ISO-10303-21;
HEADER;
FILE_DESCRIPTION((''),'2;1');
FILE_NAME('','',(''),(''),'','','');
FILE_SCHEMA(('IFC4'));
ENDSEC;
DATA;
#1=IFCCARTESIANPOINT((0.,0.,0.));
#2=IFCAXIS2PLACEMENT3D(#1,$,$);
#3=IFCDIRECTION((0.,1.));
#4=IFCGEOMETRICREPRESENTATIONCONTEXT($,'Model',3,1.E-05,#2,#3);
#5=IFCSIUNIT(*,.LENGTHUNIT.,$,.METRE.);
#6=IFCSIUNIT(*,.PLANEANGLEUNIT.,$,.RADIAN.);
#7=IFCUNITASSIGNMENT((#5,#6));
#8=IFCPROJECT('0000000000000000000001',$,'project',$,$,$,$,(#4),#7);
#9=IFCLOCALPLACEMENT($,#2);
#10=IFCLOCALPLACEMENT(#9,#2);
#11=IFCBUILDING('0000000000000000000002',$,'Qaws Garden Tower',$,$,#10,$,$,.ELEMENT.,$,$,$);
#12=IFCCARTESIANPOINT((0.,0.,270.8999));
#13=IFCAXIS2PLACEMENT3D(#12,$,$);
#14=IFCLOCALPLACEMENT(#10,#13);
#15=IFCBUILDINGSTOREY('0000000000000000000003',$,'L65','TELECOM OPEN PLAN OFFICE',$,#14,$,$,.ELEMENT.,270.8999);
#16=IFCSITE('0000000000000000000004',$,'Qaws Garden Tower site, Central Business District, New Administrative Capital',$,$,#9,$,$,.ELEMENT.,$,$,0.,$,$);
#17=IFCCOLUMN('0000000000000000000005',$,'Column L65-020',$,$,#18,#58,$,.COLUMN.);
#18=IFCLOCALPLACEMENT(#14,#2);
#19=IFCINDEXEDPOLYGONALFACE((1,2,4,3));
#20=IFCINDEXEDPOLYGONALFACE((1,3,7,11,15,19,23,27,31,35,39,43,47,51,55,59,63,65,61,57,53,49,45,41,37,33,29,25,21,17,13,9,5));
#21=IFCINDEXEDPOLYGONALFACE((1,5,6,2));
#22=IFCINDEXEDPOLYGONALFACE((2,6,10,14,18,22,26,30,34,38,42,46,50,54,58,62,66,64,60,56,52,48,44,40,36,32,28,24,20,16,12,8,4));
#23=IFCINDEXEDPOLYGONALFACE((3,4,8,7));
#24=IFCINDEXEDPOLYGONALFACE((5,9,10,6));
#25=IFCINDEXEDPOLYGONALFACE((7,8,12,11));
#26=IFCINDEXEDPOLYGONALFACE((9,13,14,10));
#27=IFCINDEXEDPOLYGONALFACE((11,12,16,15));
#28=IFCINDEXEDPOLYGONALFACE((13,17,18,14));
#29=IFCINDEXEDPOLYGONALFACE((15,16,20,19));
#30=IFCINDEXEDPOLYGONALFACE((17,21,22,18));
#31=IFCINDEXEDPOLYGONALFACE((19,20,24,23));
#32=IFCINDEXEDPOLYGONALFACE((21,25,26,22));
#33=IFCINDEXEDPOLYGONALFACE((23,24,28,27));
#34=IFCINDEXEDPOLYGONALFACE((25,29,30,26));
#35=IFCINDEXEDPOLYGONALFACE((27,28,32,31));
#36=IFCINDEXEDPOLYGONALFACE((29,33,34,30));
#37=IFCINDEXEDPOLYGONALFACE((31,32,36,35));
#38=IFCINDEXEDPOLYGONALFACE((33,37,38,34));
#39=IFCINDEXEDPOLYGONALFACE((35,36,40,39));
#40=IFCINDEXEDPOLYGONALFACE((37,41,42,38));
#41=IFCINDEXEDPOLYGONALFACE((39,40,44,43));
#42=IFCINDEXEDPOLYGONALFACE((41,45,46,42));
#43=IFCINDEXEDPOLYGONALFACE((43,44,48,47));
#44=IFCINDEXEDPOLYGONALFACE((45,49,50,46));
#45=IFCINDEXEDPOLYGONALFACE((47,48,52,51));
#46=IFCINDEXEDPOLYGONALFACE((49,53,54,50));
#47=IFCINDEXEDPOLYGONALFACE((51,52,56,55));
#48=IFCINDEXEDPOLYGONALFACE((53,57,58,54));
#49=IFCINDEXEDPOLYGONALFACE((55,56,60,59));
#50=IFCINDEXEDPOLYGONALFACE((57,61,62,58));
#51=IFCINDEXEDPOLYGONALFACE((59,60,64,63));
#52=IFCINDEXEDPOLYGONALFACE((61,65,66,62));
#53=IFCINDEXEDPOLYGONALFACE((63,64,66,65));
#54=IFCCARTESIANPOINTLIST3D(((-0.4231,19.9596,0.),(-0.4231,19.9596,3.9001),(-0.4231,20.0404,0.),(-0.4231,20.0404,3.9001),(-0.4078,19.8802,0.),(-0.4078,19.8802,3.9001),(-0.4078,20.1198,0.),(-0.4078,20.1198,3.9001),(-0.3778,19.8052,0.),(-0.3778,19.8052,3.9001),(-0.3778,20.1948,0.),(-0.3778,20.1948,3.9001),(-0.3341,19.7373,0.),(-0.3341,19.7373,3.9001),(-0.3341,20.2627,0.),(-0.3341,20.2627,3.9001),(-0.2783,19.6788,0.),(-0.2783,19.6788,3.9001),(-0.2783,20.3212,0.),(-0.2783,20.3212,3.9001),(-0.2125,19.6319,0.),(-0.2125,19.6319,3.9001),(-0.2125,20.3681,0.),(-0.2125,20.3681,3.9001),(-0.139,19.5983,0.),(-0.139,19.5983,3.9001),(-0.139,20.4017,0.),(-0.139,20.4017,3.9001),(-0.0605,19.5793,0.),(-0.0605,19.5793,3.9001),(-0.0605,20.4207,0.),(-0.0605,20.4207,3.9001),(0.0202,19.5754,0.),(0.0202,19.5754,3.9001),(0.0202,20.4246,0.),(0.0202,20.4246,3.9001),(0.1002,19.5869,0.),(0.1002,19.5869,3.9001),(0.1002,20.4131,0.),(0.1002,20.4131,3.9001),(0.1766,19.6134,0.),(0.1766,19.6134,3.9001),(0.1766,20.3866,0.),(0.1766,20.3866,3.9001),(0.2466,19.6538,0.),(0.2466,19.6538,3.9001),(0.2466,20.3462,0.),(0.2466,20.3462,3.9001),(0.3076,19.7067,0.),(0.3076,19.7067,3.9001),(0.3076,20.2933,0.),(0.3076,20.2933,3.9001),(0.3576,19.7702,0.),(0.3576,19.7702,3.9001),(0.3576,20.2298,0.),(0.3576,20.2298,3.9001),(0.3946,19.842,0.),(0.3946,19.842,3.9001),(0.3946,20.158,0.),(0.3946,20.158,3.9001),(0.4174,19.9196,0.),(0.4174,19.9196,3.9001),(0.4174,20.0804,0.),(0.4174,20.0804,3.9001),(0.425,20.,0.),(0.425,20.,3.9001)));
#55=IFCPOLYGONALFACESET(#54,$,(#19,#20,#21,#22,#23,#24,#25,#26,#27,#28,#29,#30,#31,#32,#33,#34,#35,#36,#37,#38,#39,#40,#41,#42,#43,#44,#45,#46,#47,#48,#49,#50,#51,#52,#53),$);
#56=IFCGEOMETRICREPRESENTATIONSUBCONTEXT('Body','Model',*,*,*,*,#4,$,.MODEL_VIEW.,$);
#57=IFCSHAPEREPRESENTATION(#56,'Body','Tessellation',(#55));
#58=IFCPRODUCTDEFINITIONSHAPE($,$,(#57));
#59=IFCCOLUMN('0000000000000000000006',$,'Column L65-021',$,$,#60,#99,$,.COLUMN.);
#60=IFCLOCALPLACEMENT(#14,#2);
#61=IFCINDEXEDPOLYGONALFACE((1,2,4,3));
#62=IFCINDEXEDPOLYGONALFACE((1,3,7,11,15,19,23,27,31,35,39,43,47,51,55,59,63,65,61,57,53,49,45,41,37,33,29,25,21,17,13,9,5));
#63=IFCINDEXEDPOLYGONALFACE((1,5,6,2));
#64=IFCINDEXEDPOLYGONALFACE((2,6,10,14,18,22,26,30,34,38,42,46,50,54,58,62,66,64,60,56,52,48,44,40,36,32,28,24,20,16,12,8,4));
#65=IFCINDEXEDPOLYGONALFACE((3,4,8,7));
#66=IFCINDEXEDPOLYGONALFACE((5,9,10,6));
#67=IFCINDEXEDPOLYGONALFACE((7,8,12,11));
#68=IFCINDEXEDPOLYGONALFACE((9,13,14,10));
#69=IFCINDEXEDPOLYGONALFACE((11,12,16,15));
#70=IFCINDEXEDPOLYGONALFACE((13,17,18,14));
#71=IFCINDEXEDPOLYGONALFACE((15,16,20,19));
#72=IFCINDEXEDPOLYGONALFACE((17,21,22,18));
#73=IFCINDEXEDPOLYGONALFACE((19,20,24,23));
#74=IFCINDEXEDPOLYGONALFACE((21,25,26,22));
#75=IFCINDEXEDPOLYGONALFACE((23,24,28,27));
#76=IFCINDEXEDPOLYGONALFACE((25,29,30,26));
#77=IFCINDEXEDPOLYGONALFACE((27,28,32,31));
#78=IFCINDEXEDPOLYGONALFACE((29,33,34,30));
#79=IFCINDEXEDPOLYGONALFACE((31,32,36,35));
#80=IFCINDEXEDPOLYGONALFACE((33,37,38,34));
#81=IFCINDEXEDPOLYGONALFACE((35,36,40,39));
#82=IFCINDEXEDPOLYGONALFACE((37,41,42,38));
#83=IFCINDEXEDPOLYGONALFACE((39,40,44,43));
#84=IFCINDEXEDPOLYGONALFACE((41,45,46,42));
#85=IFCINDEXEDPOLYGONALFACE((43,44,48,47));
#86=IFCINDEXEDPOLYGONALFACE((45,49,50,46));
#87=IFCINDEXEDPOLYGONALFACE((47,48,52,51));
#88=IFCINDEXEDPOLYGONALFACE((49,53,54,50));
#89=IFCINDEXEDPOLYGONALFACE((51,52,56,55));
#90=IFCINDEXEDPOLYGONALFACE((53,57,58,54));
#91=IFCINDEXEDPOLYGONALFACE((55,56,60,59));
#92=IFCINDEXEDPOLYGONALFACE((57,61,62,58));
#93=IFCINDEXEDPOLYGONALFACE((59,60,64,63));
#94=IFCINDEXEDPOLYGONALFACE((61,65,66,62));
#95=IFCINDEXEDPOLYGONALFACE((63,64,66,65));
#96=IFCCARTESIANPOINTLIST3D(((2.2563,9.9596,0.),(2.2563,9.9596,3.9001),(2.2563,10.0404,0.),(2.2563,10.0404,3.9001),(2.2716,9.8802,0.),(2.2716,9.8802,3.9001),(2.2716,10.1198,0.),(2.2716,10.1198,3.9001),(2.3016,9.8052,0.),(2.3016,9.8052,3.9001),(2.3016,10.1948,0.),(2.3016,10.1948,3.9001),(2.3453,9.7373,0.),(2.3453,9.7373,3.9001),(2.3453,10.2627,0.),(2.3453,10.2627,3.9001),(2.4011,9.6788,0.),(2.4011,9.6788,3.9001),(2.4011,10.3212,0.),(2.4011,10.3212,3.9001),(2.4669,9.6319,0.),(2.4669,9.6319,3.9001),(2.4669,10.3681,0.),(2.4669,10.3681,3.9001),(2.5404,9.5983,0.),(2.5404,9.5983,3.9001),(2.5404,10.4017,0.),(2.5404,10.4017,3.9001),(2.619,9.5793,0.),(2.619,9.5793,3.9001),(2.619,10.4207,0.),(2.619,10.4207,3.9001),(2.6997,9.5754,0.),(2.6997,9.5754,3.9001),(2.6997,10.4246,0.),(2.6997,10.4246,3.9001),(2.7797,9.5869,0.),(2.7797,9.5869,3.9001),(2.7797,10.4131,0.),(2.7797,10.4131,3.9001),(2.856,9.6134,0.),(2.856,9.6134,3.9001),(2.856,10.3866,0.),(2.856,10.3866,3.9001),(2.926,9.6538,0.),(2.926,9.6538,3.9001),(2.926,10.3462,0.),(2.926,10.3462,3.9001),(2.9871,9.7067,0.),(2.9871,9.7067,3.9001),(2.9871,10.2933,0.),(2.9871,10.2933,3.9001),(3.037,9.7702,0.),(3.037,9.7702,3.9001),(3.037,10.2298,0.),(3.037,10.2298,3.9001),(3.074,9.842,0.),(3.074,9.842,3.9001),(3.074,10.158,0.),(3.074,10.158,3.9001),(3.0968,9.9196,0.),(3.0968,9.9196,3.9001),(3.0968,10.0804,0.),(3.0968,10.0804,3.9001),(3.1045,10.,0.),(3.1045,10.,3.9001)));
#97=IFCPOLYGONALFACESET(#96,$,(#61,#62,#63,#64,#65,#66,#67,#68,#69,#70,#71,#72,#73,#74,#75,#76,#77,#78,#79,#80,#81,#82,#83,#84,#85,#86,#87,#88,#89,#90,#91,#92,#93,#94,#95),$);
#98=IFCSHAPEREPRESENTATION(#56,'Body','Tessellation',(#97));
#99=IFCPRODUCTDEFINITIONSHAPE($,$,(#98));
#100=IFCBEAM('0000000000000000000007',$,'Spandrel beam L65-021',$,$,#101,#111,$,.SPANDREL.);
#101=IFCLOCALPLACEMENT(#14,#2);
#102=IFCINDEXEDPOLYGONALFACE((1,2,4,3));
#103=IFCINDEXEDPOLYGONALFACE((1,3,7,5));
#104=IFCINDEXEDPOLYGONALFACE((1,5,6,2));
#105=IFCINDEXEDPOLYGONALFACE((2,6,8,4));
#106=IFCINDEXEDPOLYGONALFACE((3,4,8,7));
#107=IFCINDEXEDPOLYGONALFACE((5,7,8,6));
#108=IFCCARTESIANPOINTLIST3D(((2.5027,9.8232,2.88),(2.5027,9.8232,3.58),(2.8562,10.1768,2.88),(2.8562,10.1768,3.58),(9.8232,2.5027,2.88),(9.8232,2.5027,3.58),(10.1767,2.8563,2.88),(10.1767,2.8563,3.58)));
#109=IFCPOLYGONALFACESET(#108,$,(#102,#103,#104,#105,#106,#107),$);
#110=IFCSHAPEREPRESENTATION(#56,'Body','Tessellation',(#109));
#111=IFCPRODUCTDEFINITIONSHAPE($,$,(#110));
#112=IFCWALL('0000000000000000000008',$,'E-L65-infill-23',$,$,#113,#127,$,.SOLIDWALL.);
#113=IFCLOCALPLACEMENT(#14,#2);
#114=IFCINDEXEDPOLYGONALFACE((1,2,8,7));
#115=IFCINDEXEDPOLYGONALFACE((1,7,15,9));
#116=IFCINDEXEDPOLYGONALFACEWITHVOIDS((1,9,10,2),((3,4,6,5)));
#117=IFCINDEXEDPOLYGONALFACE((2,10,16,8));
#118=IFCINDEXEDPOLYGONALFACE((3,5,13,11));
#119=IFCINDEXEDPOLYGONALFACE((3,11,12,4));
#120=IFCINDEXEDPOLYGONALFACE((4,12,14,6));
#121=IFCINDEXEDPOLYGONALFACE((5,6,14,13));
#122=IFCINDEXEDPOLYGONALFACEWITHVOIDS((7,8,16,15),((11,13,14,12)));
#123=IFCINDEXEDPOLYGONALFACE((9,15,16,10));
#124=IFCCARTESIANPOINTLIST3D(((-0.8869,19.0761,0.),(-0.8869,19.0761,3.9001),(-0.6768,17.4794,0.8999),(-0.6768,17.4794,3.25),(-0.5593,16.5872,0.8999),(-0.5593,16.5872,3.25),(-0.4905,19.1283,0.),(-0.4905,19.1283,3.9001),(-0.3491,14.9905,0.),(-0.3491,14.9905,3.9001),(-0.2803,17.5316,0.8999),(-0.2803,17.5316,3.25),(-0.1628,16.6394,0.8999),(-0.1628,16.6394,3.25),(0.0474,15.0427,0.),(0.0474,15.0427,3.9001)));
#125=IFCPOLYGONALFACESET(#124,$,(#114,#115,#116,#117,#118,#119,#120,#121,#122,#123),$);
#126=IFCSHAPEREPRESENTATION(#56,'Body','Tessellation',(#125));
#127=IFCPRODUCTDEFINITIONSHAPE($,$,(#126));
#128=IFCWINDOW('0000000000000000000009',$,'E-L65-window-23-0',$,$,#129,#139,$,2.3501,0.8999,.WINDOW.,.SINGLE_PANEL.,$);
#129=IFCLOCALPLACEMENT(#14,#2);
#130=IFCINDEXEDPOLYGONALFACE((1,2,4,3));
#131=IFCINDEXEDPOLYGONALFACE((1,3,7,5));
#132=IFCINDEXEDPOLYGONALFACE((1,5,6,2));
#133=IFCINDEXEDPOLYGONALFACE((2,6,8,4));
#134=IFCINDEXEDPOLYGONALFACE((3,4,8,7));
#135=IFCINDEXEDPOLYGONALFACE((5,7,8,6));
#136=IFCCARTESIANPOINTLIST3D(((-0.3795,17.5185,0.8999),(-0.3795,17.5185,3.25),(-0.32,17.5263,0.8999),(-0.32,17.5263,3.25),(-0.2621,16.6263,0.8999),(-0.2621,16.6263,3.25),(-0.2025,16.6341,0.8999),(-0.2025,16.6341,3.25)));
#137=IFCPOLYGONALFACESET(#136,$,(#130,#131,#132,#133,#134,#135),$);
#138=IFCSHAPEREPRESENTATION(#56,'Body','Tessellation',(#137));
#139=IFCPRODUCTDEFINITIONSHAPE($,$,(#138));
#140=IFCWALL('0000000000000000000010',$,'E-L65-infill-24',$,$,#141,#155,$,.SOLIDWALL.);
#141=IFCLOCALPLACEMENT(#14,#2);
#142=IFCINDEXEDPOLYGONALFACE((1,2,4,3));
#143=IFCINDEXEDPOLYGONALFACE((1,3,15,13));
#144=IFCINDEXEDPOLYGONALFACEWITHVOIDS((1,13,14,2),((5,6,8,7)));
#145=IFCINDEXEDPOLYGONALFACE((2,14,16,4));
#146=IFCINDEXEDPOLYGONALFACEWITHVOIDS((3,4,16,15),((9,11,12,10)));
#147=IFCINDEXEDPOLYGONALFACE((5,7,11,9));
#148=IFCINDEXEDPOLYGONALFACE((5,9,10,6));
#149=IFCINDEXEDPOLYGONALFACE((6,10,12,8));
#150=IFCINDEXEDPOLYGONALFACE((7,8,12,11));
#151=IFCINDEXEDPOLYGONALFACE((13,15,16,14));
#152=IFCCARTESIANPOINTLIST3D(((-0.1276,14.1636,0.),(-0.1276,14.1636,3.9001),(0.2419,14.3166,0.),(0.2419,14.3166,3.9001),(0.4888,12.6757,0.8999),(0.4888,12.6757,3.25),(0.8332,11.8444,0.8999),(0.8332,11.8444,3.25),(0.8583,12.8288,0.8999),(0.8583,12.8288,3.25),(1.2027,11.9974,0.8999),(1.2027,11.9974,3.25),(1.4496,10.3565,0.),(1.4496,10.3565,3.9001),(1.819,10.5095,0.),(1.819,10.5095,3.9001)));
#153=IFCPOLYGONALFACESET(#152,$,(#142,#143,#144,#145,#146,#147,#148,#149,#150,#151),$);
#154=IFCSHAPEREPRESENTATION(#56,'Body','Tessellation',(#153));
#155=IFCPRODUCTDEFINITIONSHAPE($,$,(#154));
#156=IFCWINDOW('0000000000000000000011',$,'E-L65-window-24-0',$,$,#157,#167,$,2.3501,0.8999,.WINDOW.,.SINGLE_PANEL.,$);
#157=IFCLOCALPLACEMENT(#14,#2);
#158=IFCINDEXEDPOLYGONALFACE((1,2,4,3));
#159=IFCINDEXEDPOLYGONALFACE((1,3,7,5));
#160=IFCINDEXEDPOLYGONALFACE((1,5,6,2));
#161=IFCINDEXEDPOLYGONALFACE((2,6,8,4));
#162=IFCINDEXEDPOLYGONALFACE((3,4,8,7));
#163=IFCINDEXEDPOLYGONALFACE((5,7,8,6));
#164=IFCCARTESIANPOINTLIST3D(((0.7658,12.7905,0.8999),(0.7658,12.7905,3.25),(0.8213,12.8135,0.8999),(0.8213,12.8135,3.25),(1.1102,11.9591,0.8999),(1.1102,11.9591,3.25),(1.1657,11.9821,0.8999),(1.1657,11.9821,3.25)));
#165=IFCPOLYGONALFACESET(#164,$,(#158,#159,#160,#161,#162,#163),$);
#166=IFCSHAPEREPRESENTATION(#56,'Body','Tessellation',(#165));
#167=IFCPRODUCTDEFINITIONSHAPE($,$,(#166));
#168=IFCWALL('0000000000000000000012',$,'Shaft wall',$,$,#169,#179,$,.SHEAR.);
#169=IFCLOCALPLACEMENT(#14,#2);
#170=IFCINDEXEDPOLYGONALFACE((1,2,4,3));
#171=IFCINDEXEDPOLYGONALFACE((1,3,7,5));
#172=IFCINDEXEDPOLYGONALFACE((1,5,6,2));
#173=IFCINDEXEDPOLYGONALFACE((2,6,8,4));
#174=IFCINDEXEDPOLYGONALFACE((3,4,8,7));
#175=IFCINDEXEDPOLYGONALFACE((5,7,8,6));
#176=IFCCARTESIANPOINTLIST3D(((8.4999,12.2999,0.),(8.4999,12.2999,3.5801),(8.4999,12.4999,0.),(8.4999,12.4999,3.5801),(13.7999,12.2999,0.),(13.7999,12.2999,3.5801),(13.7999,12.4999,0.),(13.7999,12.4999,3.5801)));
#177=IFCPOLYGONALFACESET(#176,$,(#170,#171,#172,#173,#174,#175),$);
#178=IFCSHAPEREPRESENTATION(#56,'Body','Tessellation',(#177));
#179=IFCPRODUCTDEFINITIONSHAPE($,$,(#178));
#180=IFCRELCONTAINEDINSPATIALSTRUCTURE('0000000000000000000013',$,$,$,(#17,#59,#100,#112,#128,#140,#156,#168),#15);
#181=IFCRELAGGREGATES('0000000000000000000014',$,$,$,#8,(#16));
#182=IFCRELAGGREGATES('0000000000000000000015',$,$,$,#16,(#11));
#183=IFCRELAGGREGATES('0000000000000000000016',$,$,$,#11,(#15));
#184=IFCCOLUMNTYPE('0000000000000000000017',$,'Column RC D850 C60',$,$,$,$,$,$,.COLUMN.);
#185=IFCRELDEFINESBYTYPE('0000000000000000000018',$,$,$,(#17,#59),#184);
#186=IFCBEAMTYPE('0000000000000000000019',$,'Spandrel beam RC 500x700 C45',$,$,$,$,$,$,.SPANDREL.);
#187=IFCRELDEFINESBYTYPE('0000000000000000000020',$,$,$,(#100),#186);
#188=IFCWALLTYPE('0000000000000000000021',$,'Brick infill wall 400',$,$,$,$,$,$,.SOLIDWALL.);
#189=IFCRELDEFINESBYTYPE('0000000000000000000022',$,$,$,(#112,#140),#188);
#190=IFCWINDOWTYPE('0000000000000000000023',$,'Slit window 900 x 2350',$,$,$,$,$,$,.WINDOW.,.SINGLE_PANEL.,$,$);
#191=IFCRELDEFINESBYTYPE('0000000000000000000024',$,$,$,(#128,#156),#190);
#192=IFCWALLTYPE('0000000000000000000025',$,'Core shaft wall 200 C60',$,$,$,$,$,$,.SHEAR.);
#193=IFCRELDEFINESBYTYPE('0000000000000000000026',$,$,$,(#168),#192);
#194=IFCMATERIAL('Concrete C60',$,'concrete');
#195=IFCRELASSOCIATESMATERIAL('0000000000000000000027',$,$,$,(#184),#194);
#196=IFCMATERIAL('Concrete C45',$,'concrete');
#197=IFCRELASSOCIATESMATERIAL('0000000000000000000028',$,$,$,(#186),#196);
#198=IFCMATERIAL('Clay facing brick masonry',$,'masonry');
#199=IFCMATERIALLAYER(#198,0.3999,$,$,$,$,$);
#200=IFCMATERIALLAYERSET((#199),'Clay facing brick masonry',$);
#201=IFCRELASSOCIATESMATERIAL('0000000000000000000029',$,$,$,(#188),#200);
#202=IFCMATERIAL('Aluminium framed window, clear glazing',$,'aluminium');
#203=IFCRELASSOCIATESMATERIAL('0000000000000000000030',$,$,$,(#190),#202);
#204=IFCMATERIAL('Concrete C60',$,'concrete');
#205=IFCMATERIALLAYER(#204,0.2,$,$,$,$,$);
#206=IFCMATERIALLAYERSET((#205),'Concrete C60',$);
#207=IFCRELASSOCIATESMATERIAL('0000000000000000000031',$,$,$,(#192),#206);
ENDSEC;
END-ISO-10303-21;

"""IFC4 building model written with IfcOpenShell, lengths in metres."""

from ifc_helpers import new_model, si_unit, direction, frame, frame_2d, origin, origin_2d, place, context, subcontext, project, spatial, rectangle, circle, extrude, material, layer, layer_set, material_profile, profile_set, type_object, element, fill, save


model = new_model("IFC4")

# Units and contexts
model_context = context("Model", 3, precision=1e-05, world=origin(), true_north=direction((0.0, 1.0)))
body_context = subcontext(model_context, "Body", "Model", "MODEL_VIEW")
ifc_project = project(units=[si_unit("LENGTHUNIT", "METRE"), si_unit("PLANEANGLEUNIT", "RADIAN")], contexts=[model_context])

# Site, building, storey
site_placement = place(None, origin())
site = spatial("IfcSite", under=ifc_project, at=site_placement, Name="Qaws Garden Tower site, Central Business District, New Administrative Capital", CompositionType="ELEMENT", RefElevation=0.0)
building_placement = place(site_placement, origin())
building = spatial("IfcBuilding", under=site, at=building_placement, Name="Qaws Garden Tower", CompositionType="ELEMENT")
storey_placement = place(building_placement, frame((0.0, 0.0, 270.8999)))
storey = spatial("IfcBuildingStorey", under=building, at=storey_placement, Name="L65", Description="TELECOM OPEN PLAN OFFICE", CompositionType="ELEMENT", Elevation=270.8999)

# Columns
ifc_material_1 = material(Name="Concrete C60", Category="concrete")
ifc_material_profile_1 = material_profile(ifc_material_1, circle(Radius=0.425, at=origin_2d()), Name="RC D850")
ifc_profile_set_1 = profile_set([ifc_material_profile_1], Name="Concrete C60")
column_type = type_object("IfcColumnType", Name="Column RC D850 C60", PredefinedType="COLUMN", material=ifc_profile_set_1)
for number, where, z_axis, x_axis, name in (
    (1, (0.0, 20.0, 0.0), (0.0, 0.0, 1.0), (1.0, 0.0, 0.0), "Column L65-020"),
    (2, (2.6794, 10.0, 0.0), (0.0, 0.0, 1.0), (1.0, 0.0, 0.0), "Column L65-021"),
):
    element("IfcColumn", number, at=place(storey_placement, frame(where, z_axis=z_axis, x_axis=x_axis)), inside=storey, type_object=column_type, Name=name, PredefinedType="COLUMN", context=body_context, shape_type="SweptSolid", body=[
        extrude(circle(Radius=0.425, at=origin_2d()), origin(), (0.0, 0.0, 1.0), 3.9001),
    ])

# Beam
ifc_material_2 = material(Name="Concrete C45", Category="concrete")
ifc_material_profile_2 = material_profile(ifc_material_2, rectangle(XDim=0.5, YDim=0.7, at=origin_2d()), Name="RC 500x700")
ifc_profile_set_2 = profile_set([ifc_material_profile_2], Name="Concrete C45")
beam_type = type_object("IfcBeamType", Name="Spandrel beam RC 500x700 C45", PredefinedType="SPANDREL", material=ifc_profile_set_2)
beam_placement = place(storey_placement, frame((2.6794, 10.0, 3.23), z_axis=(0.707107, -0.707107, 0.0), x_axis=(0.707107, 0.707107, 0.0)))
element("IfcBeam", 3, at=beam_placement, inside=storey, type_object=beam_type, Name="Spandrel beam L65-021", PredefinedType="SPANDREL", context=body_context, shape_type="SweptSolid", body=[
    extrude(rectangle(XDim=0.5, YDim=0.7, at=origin_2d()), origin(), (0.0, 0.0, 1.0), 10.3528),
])

# Walls, openings, windows
ifc_material_3 = material(Name="Clay facing brick masonry", Category="masonry")
ifc_layer_1 = layer(ifc_material_3, 0.3999)
ifc_layer_set_1 = layer_set([ifc_layer_1], Name="Clay facing brick masonry")
wall_type_1 = type_object("IfcWallType", Name="Brick infill wall 400", PredefinedType="SOLIDWALL", material=ifc_layer_set_1)
wall_1_placement = place(storey_placement, frame((-0.6887, 19.1023, 0.0), z_axis=(0.0, 0.0, 1.0), x_axis=(0.130514, -0.991446, 0.0)))
wall_1 = element("IfcWall", 4, at=wall_1_placement, inside=storey, type_object=wall_type_1, Name="E-L65-infill-23", PredefinedType="SOLIDWALL", context=body_context, shape_type="SweptSolid", body=[
    extrude(rectangle(XDim=4.1208, YDim=0.3999, at=frame_2d((2.0605, 0.0))), origin(), (0.0, 0.0, 1.0), 3.9001),
])
opening_1_placement = place(wall_1_placement, frame((1.6106, 0.0, 0.8999)))
opening_1 = element("IfcOpeningElement", 5, at=opening_1_placement, cuts=wall_1, PredefinedType="OPENING", context=body_context, shape_type="SweptSolid", body=[
    extrude(rectangle(XDim=0.8999, YDim=2.3501, at=frame_2d((0.45, 1.175))), frame((0.0, 0.21, 0.0), z_axis=(0.0, -1.0, 0.0), x_axis=(1.0, 0.0, 0.0)), (0.0, 0.0, 1.0), 0.4199),
])
ifc_material_4 = material(Name="Aluminium framed window, clear glazing", Category="aluminium")
window_type = type_object("IfcWindowType", Name="Slit window 900 x 2350", PartitioningType="SINGLE_PANEL", PredefinedType="WINDOW", material=ifc_material_4)
window_1_placement = place(opening_1_placement, origin())
window_1 = element("IfcWindow", 6, at=window_1_placement, inside=storey, type_object=window_type, Name="E-L65-window-23-0", OverallHeight=2.3501, OverallWidth=0.8999, PartitioningType="SINGLE_PANEL", PredefinedType="WINDOW", context=body_context, shape_type="SweptSolid", body=[
    extrude(rectangle(XDim=0.8999, YDim=2.3501, at=frame_2d((0.45, 1.175))), frame((0.0, 0.1599, 0.0), z_axis=(0.0, -1.0, 0.0), x_axis=(1.0, 0.0, 0.0)), (0.0, 0.0, 1.0), 0.0601),
])
fill(opening_1, window_1)
wall_2_placement = place(storey_placement, frame((0.0571, 14.2402, 0.0), z_axis=(0.0, 0.0, 1.0), x_axis=(0.382722, -0.923864, 0.0)))
wall_2 = element("IfcWall", 7, at=wall_2_placement, inside=storey, type_object=wall_type_1, Name="E-L65-infill-24", PredefinedType="SOLIDWALL", context=body_context, shape_type="SweptSolid", body=[
    extrude(rectangle(XDim=4.1208, YDim=0.3999, at=frame_2d((2.0605, 0.0))), origin(), (0.0, 0.0, 1.0), 3.9001),
])
opening_2_placement = place(wall_2_placement, frame((1.6106, 0.0, 0.8999)))
opening_2 = element("IfcOpeningElement", 8, at=opening_2_placement, cuts=wall_2, PredefinedType="OPENING", context=body_context, shape_type="SweptSolid", body=[
    extrude(rectangle(XDim=0.8999, YDim=2.3501, at=frame_2d((0.45, 1.175))), frame((0.0, 0.21, 0.0), z_axis=(0.0, -1.0, 0.0), x_axis=(1.0, 0.0, 0.0)), (0.0, 0.0, 1.0), 0.4199),
])
window_2_placement = place(opening_2_placement, origin())
window_2 = element("IfcWindow", 9, at=window_2_placement, inside=storey, type_object=window_type, Name="E-L65-window-24-0", OverallHeight=2.3501, OverallWidth=0.8999, PartitioningType="SINGLE_PANEL", PredefinedType="WINDOW", context=body_context, shape_type="SweptSolid", body=[
    extrude(rectangle(XDim=0.8999, YDim=2.3501, at=frame_2d((0.45, 1.175))), frame((0.0, 0.1599, 0.0), z_axis=(0.0, -1.0, 0.0), x_axis=(1.0, 0.0, 0.0)), (0.0, 0.0, 1.0), 0.0601),
])
fill(opening_2, window_2)

# Wall
ifc_material_5 = material(Name="Concrete C60", Category="concrete")
ifc_layer_2 = layer(ifc_material_5, 0.2)
ifc_layer_set_2 = layer_set([ifc_layer_2], Name="Concrete C60")
wall_type_2 = type_object("IfcWallType", Name="Core shaft wall 200 C60", PredefinedType="SHEAR", material=ifc_layer_set_2)
wall_3_placement = place(storey_placement, frame((8.5, 12.3999, 0.0), z_axis=(0.0, 0.0, 1.0), x_axis=(1.0, 0.0, 0.0)))
element("IfcWall", 10, at=wall_3_placement, inside=storey, type_object=wall_type_2, Name="Shaft wall", PredefinedType="SHEAR", context=body_context, shape_type="SweptSolid", body=[
    extrude(rectangle(XDim=5.3, YDim=0.2, at=frame_2d((2.6499, 0.0))), origin(), (0.0, 0.0, 1.0), 3.5801),
])

save(model, "model.ifc")
